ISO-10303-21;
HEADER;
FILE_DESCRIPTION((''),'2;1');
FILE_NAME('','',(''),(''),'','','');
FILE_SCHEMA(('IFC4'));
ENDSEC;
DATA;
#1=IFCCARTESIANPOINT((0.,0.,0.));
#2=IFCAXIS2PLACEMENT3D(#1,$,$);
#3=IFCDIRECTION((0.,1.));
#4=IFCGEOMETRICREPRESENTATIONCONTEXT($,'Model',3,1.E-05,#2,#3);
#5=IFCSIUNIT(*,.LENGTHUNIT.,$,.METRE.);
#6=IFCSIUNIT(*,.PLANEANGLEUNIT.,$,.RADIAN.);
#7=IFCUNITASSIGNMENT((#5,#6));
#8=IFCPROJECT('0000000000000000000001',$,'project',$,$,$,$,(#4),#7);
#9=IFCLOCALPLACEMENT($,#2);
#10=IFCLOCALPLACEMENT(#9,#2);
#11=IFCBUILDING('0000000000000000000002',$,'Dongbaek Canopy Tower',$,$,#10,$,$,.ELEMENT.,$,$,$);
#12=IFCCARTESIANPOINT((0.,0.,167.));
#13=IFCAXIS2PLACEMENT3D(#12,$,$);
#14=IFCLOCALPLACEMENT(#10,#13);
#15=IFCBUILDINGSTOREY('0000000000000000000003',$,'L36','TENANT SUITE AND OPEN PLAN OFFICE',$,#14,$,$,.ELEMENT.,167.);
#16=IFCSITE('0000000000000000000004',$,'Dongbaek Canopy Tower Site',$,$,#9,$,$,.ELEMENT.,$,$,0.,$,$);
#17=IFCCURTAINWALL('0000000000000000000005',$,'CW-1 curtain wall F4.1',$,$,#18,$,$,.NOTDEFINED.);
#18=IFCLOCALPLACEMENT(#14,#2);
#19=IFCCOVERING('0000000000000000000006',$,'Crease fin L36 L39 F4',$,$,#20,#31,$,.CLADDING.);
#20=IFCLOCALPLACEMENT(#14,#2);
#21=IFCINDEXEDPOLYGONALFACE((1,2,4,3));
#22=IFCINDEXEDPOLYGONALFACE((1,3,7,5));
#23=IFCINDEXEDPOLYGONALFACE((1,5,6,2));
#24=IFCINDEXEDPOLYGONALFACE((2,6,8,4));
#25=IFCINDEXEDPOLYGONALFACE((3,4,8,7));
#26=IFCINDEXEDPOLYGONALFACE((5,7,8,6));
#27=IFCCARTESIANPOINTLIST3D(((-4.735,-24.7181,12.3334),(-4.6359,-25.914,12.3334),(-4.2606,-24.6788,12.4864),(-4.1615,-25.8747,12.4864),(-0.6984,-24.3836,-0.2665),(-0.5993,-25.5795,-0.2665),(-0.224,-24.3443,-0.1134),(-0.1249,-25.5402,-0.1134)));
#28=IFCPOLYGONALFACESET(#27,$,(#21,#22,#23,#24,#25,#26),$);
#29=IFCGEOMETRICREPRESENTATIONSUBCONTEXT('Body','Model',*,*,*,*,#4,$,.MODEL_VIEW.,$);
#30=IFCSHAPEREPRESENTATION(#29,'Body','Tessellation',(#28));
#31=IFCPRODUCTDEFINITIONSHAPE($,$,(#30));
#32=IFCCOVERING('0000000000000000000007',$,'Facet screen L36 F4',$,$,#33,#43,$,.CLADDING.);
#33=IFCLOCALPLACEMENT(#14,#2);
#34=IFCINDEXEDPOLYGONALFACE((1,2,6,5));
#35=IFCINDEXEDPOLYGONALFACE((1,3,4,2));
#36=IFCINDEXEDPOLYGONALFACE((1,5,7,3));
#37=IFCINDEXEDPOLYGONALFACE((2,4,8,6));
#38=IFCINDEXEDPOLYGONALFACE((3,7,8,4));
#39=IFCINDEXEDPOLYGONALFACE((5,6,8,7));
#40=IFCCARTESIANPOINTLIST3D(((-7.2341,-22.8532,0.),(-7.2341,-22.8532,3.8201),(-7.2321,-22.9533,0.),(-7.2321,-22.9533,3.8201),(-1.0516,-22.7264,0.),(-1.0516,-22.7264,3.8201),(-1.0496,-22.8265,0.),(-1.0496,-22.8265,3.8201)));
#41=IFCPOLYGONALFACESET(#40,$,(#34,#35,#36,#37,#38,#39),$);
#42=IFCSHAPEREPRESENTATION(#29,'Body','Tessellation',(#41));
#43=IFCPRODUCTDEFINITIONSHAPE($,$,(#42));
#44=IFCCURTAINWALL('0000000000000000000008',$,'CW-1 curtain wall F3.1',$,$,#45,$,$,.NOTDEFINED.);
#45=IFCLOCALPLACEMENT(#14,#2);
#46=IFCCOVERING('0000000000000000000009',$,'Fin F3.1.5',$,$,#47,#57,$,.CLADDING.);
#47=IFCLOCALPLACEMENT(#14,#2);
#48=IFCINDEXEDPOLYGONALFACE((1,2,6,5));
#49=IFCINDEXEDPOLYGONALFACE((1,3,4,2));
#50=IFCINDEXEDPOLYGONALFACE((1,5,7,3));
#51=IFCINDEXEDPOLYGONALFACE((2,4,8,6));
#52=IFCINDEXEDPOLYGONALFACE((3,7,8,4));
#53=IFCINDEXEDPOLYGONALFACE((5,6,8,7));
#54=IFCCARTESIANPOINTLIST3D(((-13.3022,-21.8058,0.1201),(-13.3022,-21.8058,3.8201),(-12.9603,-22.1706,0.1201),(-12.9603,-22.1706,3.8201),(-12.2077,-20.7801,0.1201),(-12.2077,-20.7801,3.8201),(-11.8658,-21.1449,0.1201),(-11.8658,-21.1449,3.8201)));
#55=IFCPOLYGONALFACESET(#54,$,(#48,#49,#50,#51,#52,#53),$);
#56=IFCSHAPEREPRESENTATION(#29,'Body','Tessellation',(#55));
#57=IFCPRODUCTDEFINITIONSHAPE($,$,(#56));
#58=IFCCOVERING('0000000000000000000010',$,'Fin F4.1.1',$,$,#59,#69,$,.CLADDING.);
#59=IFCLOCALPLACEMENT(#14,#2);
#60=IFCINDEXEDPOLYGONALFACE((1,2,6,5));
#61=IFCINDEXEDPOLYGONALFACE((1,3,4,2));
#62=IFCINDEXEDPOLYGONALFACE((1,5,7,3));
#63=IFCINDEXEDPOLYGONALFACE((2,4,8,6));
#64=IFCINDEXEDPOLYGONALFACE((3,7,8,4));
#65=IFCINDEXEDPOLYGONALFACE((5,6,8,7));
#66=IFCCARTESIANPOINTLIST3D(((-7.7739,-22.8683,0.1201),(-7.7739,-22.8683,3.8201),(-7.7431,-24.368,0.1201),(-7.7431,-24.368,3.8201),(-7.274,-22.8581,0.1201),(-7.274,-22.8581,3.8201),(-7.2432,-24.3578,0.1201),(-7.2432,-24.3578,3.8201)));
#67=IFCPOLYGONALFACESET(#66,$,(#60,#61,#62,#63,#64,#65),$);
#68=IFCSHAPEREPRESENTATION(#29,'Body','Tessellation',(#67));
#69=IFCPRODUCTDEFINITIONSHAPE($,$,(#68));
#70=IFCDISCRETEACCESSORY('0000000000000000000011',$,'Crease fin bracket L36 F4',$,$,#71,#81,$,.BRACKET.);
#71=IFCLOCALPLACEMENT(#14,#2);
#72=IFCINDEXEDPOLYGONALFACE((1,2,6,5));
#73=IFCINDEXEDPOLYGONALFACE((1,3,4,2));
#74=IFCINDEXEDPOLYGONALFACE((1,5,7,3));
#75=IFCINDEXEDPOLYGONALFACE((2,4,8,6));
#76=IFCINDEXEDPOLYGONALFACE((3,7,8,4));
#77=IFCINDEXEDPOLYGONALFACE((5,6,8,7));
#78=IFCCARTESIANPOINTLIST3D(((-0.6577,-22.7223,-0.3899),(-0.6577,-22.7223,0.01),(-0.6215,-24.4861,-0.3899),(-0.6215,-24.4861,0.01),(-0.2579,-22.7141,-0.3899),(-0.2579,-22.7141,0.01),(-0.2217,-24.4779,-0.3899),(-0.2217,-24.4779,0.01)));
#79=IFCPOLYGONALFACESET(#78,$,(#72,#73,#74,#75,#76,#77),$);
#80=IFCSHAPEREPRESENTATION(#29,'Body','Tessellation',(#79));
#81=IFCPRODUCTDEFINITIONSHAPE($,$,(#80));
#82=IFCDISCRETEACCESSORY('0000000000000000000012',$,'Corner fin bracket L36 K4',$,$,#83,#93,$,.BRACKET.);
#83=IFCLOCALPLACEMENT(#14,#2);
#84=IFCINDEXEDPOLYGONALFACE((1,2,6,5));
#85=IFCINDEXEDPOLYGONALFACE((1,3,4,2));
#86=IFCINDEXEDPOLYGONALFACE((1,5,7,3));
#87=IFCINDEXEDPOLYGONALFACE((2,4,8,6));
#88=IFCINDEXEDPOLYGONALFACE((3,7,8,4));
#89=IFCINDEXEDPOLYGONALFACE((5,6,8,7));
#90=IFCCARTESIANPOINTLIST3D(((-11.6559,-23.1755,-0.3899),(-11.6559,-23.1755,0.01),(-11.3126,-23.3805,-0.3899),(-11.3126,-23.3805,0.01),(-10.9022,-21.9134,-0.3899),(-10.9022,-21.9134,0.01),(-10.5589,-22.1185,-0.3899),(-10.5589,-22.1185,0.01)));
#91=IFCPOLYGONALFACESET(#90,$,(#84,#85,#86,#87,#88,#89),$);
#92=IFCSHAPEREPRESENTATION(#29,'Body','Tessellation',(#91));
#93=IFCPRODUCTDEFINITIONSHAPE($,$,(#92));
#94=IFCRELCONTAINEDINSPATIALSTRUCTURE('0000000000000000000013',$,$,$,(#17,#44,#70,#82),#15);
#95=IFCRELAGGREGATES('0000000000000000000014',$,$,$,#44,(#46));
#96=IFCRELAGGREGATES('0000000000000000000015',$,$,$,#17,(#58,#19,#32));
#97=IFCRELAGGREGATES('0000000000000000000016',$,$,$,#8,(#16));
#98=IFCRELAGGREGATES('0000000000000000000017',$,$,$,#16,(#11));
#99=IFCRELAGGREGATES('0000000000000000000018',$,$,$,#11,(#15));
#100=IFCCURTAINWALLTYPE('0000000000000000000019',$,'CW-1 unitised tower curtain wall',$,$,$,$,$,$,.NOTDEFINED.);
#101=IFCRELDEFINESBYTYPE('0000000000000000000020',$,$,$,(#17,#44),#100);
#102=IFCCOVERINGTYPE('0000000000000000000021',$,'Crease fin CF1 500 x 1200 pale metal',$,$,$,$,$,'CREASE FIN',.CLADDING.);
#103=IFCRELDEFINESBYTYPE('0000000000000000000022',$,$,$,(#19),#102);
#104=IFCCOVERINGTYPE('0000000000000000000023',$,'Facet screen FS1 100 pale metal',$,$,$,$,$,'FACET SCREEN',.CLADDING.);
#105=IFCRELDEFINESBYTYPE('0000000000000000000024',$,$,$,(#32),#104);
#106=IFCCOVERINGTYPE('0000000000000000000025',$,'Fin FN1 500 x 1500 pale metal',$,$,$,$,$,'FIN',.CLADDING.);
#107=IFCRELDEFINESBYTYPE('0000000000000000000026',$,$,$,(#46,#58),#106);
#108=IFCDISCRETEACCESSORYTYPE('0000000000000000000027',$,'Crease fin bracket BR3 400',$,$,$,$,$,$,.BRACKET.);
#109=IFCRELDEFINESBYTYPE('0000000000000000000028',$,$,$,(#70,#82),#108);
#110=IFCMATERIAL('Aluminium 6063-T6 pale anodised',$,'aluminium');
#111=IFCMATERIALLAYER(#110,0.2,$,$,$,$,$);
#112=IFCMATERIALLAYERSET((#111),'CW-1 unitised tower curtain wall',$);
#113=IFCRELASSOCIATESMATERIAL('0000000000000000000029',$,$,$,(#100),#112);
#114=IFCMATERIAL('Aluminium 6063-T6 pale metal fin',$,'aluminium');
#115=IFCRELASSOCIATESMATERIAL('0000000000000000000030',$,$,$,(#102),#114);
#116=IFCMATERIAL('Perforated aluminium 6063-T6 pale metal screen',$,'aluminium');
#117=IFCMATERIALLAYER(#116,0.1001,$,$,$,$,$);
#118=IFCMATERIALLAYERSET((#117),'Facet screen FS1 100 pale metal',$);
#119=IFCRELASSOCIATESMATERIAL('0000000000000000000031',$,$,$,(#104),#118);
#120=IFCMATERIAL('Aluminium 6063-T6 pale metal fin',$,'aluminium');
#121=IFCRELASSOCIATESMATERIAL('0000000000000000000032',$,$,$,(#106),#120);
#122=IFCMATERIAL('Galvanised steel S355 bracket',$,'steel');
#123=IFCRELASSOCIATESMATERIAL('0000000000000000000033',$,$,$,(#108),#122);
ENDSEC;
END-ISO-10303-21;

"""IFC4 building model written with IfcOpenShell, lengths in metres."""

from ifc_helpers import new_model, si_unit, direction, frame, origin, origin_2d, place, context, subcontext, project, spatial, rectangle, extrude, material, layer, layer_set, material_profile, profile_set, type_object, element, aggregate, save


model = new_model("IFC4")

# Units and contexts
model_context = context("Model", 3, precision=1e-05, world=origin(), true_north=direction((0.0, 1.0)))
body_context = subcontext(model_context, "Body", "Model", "MODEL_VIEW")
ifc_project = project(units=[si_unit("LENGTHUNIT", "METRE"), si_unit("PLANEANGLEUNIT", "RADIAN")], contexts=[model_context])

# Site, building, storey
site_placement = place(None, origin())
site = spatial("IfcSite", under=ifc_project, at=site_placement, Name="Dongbaek Canopy Tower Site", CompositionType="ELEMENT", RefElevation=0.0)
building_placement = place(site_placement, origin())
building = spatial("IfcBuilding", under=site, at=building_placement, Name="Dongbaek Canopy Tower", CompositionType="ELEMENT")
storey_placement = place(building_placement, frame((0.0, 0.0, 167.0)))
storey = spatial("IfcBuildingStorey", under=building, at=storey_placement, Name="L36", Description="TENANT SUITE AND OPEN PLAN OFFICE", CompositionType="ELEMENT", Elevation=167.0)

# Curtain wall
ifc_material_1 = material(Name="Aluminium 6063-T6 pale anodised", Category="aluminium")
ifc_layer_1 = layer(ifc_material_1, 0.2)
ifc_layer_set_1 = layer_set([ifc_layer_1], Name="CW-1 unitised tower curtain wall")
curtain_wall_type = type_object("IfcCurtainWallType", Name="CW-1 unitised tower curtain wall", PredefinedType="NOTDEFINED", material=ifc_layer_set_1)
curtain_wall_1_placement = place(storey_placement, origin())
curtain_wall_1 = element("IfcCurtainWall", 1, at=curtain_wall_1_placement, inside=storey, type_object=curtain_wall_type, Name="CW-1 curtain wall F4.1", PredefinedType="NOTDEFINED")

# Coverings
ifc_material_2 = material(Name="Aluminium 6063-T6 pale metal fin", Category="aluminium")
ifc_material_profile_1 = material_profile(ifc_material_2, rectangle(XDim=1.2, YDim=0.5, at=origin_2d()), Name="Crease fin CF1 500 x 1200 pale metal")
ifc_profile_set_1 = profile_set([ifc_material_profile_1], Name="Aluminium 6063-T6 pale metal fin")
covering_type_1 = type_object("IfcCoveringType", Name="Crease fin CF1 500 x 1200 pale metal", ElementType="CREASE FIN", PredefinedType="CLADDING", material=ifc_profile_set_1)
covering_1_placement = place(storey_placement, frame((-0.4116, -24.9619, -0.1899), z_axis=(-0.304998, -0.025272, 0.952018), x_axis=(0.082577, -0.996585, 0.0)))
covering_1 = element("IfcCovering", 2, at=covering_1_placement, type_object=covering_type_1, Name="Crease fin L36 L39 F4", PredefinedType="CLADDING", context=body_context, shape_type="SweptSolid", body=[
    extrude(rectangle(XDim=1.2, YDim=0.5, at=origin_2d()), origin(), (0.0, 0.0, 1.0), 13.2349),
])
ifc_material_3 = material(Name="Perforated aluminium 6063-T6 pale metal screen", Category="aluminium")
ifc_layer_2 = layer(ifc_material_3, 0.1001)
ifc_layer_set_2 = layer_set([ifc_layer_2], Name="Facet screen FS1 100 pale metal")
covering_type_2 = type_object("IfcCoveringType", Name="Facet screen FS1 100 pale metal", ElementType="FACET SCREEN", PredefinedType="CLADDING", material=ifc_layer_set_2)
covering_2_placement = place(storey_placement, frame((-4.1418, -22.8398, 0.0), z_axis=(0.0, 0.0, 1.0), x_axis=(0.99979, 0.020515, 0.0)))
covering_2 = element("IfcCovering", 3, at=covering_2_placement, type_object=covering_type_2, Name="Facet screen L36 F4", PredefinedType="CLADDING", context=body_context, shape_type="SweptSolid", body=[
    extrude(rectangle(XDim=6.1838, YDim=0.1001, at=origin_2d()), origin(), (0.0, 0.0, 1.0), 3.8201),
])

# Curtain wall, covering
curtain_wall_2_placement = place(storey_placement, origin())
curtain_wall_2 = element("IfcCurtainWall", 4, at=curtain_wall_2_placement, inside=storey, type_object=curtain_wall_type, Name="CW-1 curtain wall F3.1", PredefinedType="NOTDEFINED")
ifc_material_4 = material(Name="Aluminium 6063-T6 pale metal fin", Category="aluminium")
ifc_material_profile_2 = material_profile(ifc_material_4, rectangle(XDim=1.5, YDim=0.5, at=origin_2d()), Name="Fin FN1 500 x 1500 pale metal")
ifc_profile_set_2 = profile_set([ifc_material_profile_2], Name="Aluminium 6063-T6 pale metal fin")
covering_type_3 = type_object("IfcCoveringType", Name="Fin FN1 500 x 1500 pale metal", ElementType="FIN", PredefinedType="CLADDING", material=ifc_profile_set_2)
covering_3_placement = place(storey_placement, frame((-12.584, -21.4753, 0.1201), z_axis=(0.0, 0.0, 1.0), x_axis=(-0.729649, -0.683822, 0.0)))
covering_3 = element("IfcCovering", 5, at=covering_3_placement, type_object=covering_type_3, Name="Fin F3.1.5", PredefinedType="CLADDING", context=body_context, shape_type="SweptSolid", body=[
    extrude(rectangle(XDim=1.5, YDim=0.5, at=origin_2d()), origin(), (0.0, 0.0, 1.0), 3.7),
])
aggregate(curtain_wall_2, [covering_3])

# Covering
covering_4_placement = place(storey_placement, frame((-7.5085, -23.613, 0.1201), z_axis=(0.0, 0.0, 1.0), x_axis=(0.020515, -0.99979, 0.0)))
covering_4 = element("IfcCovering", 6, at=covering_4_placement, type_object=covering_type_3, Name="Fin F4.1.1", PredefinedType="CLADDING", context=body_context, shape_type="SweptSolid", body=[
    extrude(rectangle(XDim=1.5, YDim=0.5, at=origin_2d()), origin(), (0.0, 0.0, 1.0), 3.7),
])
aggregate(curtain_wall_1, [covering_4, covering_1, covering_2])

# Discrete accessories
ifc_material_5 = material(Name="Galvanised steel S355 bracket", Category="steel")
discrete_accessory_type = type_object("IfcDiscreteAccessoryType", Name="Crease fin bracket BR3 400", PredefinedType="BRACKET", material=ifc_material_5)
discrete_accessory_1_placement = place(storey_placement, frame((-0.4397, -23.6001, -0.3899), z_axis=(0.0, 0.0, 1.0), x_axis=(0.020515, -0.99979, 0.0)))
element("IfcDiscreteAccessory", 7, at=discrete_accessory_1_placement, inside=storey, type_object=discrete_accessory_type, Name="Crease fin bracket L36 F4", PredefinedType="BRACKET", context=body_context, shape_type="SweptSolid", body=[
    extrude(rectangle(XDim=1.7642, YDim=0.3999, at=origin_2d()), origin(), (0.0, 0.0, 1.0), 0.3999),
])
discrete_accessory_2_placement = place(storey_placement, frame((-11.1074, -22.647, -0.3899), z_axis=(0.0, 0.0, 1.0), x_axis=(-0.512734, -0.858548, 0.0)))
element("IfcDiscreteAccessory", 8, at=discrete_accessory_2_placement, inside=storey, type_object=discrete_accessory_type, Name="Corner fin bracket L36 K4", PredefinedType="BRACKET", context=body_context, shape_type="SweptSolid", body=[
    extrude(rectangle(XDim=1.47, YDim=0.3999, at=origin_2d()), origin(), (0.0, 0.0, 1.0), 0.3999),
])

save(model, "model.ifc")
